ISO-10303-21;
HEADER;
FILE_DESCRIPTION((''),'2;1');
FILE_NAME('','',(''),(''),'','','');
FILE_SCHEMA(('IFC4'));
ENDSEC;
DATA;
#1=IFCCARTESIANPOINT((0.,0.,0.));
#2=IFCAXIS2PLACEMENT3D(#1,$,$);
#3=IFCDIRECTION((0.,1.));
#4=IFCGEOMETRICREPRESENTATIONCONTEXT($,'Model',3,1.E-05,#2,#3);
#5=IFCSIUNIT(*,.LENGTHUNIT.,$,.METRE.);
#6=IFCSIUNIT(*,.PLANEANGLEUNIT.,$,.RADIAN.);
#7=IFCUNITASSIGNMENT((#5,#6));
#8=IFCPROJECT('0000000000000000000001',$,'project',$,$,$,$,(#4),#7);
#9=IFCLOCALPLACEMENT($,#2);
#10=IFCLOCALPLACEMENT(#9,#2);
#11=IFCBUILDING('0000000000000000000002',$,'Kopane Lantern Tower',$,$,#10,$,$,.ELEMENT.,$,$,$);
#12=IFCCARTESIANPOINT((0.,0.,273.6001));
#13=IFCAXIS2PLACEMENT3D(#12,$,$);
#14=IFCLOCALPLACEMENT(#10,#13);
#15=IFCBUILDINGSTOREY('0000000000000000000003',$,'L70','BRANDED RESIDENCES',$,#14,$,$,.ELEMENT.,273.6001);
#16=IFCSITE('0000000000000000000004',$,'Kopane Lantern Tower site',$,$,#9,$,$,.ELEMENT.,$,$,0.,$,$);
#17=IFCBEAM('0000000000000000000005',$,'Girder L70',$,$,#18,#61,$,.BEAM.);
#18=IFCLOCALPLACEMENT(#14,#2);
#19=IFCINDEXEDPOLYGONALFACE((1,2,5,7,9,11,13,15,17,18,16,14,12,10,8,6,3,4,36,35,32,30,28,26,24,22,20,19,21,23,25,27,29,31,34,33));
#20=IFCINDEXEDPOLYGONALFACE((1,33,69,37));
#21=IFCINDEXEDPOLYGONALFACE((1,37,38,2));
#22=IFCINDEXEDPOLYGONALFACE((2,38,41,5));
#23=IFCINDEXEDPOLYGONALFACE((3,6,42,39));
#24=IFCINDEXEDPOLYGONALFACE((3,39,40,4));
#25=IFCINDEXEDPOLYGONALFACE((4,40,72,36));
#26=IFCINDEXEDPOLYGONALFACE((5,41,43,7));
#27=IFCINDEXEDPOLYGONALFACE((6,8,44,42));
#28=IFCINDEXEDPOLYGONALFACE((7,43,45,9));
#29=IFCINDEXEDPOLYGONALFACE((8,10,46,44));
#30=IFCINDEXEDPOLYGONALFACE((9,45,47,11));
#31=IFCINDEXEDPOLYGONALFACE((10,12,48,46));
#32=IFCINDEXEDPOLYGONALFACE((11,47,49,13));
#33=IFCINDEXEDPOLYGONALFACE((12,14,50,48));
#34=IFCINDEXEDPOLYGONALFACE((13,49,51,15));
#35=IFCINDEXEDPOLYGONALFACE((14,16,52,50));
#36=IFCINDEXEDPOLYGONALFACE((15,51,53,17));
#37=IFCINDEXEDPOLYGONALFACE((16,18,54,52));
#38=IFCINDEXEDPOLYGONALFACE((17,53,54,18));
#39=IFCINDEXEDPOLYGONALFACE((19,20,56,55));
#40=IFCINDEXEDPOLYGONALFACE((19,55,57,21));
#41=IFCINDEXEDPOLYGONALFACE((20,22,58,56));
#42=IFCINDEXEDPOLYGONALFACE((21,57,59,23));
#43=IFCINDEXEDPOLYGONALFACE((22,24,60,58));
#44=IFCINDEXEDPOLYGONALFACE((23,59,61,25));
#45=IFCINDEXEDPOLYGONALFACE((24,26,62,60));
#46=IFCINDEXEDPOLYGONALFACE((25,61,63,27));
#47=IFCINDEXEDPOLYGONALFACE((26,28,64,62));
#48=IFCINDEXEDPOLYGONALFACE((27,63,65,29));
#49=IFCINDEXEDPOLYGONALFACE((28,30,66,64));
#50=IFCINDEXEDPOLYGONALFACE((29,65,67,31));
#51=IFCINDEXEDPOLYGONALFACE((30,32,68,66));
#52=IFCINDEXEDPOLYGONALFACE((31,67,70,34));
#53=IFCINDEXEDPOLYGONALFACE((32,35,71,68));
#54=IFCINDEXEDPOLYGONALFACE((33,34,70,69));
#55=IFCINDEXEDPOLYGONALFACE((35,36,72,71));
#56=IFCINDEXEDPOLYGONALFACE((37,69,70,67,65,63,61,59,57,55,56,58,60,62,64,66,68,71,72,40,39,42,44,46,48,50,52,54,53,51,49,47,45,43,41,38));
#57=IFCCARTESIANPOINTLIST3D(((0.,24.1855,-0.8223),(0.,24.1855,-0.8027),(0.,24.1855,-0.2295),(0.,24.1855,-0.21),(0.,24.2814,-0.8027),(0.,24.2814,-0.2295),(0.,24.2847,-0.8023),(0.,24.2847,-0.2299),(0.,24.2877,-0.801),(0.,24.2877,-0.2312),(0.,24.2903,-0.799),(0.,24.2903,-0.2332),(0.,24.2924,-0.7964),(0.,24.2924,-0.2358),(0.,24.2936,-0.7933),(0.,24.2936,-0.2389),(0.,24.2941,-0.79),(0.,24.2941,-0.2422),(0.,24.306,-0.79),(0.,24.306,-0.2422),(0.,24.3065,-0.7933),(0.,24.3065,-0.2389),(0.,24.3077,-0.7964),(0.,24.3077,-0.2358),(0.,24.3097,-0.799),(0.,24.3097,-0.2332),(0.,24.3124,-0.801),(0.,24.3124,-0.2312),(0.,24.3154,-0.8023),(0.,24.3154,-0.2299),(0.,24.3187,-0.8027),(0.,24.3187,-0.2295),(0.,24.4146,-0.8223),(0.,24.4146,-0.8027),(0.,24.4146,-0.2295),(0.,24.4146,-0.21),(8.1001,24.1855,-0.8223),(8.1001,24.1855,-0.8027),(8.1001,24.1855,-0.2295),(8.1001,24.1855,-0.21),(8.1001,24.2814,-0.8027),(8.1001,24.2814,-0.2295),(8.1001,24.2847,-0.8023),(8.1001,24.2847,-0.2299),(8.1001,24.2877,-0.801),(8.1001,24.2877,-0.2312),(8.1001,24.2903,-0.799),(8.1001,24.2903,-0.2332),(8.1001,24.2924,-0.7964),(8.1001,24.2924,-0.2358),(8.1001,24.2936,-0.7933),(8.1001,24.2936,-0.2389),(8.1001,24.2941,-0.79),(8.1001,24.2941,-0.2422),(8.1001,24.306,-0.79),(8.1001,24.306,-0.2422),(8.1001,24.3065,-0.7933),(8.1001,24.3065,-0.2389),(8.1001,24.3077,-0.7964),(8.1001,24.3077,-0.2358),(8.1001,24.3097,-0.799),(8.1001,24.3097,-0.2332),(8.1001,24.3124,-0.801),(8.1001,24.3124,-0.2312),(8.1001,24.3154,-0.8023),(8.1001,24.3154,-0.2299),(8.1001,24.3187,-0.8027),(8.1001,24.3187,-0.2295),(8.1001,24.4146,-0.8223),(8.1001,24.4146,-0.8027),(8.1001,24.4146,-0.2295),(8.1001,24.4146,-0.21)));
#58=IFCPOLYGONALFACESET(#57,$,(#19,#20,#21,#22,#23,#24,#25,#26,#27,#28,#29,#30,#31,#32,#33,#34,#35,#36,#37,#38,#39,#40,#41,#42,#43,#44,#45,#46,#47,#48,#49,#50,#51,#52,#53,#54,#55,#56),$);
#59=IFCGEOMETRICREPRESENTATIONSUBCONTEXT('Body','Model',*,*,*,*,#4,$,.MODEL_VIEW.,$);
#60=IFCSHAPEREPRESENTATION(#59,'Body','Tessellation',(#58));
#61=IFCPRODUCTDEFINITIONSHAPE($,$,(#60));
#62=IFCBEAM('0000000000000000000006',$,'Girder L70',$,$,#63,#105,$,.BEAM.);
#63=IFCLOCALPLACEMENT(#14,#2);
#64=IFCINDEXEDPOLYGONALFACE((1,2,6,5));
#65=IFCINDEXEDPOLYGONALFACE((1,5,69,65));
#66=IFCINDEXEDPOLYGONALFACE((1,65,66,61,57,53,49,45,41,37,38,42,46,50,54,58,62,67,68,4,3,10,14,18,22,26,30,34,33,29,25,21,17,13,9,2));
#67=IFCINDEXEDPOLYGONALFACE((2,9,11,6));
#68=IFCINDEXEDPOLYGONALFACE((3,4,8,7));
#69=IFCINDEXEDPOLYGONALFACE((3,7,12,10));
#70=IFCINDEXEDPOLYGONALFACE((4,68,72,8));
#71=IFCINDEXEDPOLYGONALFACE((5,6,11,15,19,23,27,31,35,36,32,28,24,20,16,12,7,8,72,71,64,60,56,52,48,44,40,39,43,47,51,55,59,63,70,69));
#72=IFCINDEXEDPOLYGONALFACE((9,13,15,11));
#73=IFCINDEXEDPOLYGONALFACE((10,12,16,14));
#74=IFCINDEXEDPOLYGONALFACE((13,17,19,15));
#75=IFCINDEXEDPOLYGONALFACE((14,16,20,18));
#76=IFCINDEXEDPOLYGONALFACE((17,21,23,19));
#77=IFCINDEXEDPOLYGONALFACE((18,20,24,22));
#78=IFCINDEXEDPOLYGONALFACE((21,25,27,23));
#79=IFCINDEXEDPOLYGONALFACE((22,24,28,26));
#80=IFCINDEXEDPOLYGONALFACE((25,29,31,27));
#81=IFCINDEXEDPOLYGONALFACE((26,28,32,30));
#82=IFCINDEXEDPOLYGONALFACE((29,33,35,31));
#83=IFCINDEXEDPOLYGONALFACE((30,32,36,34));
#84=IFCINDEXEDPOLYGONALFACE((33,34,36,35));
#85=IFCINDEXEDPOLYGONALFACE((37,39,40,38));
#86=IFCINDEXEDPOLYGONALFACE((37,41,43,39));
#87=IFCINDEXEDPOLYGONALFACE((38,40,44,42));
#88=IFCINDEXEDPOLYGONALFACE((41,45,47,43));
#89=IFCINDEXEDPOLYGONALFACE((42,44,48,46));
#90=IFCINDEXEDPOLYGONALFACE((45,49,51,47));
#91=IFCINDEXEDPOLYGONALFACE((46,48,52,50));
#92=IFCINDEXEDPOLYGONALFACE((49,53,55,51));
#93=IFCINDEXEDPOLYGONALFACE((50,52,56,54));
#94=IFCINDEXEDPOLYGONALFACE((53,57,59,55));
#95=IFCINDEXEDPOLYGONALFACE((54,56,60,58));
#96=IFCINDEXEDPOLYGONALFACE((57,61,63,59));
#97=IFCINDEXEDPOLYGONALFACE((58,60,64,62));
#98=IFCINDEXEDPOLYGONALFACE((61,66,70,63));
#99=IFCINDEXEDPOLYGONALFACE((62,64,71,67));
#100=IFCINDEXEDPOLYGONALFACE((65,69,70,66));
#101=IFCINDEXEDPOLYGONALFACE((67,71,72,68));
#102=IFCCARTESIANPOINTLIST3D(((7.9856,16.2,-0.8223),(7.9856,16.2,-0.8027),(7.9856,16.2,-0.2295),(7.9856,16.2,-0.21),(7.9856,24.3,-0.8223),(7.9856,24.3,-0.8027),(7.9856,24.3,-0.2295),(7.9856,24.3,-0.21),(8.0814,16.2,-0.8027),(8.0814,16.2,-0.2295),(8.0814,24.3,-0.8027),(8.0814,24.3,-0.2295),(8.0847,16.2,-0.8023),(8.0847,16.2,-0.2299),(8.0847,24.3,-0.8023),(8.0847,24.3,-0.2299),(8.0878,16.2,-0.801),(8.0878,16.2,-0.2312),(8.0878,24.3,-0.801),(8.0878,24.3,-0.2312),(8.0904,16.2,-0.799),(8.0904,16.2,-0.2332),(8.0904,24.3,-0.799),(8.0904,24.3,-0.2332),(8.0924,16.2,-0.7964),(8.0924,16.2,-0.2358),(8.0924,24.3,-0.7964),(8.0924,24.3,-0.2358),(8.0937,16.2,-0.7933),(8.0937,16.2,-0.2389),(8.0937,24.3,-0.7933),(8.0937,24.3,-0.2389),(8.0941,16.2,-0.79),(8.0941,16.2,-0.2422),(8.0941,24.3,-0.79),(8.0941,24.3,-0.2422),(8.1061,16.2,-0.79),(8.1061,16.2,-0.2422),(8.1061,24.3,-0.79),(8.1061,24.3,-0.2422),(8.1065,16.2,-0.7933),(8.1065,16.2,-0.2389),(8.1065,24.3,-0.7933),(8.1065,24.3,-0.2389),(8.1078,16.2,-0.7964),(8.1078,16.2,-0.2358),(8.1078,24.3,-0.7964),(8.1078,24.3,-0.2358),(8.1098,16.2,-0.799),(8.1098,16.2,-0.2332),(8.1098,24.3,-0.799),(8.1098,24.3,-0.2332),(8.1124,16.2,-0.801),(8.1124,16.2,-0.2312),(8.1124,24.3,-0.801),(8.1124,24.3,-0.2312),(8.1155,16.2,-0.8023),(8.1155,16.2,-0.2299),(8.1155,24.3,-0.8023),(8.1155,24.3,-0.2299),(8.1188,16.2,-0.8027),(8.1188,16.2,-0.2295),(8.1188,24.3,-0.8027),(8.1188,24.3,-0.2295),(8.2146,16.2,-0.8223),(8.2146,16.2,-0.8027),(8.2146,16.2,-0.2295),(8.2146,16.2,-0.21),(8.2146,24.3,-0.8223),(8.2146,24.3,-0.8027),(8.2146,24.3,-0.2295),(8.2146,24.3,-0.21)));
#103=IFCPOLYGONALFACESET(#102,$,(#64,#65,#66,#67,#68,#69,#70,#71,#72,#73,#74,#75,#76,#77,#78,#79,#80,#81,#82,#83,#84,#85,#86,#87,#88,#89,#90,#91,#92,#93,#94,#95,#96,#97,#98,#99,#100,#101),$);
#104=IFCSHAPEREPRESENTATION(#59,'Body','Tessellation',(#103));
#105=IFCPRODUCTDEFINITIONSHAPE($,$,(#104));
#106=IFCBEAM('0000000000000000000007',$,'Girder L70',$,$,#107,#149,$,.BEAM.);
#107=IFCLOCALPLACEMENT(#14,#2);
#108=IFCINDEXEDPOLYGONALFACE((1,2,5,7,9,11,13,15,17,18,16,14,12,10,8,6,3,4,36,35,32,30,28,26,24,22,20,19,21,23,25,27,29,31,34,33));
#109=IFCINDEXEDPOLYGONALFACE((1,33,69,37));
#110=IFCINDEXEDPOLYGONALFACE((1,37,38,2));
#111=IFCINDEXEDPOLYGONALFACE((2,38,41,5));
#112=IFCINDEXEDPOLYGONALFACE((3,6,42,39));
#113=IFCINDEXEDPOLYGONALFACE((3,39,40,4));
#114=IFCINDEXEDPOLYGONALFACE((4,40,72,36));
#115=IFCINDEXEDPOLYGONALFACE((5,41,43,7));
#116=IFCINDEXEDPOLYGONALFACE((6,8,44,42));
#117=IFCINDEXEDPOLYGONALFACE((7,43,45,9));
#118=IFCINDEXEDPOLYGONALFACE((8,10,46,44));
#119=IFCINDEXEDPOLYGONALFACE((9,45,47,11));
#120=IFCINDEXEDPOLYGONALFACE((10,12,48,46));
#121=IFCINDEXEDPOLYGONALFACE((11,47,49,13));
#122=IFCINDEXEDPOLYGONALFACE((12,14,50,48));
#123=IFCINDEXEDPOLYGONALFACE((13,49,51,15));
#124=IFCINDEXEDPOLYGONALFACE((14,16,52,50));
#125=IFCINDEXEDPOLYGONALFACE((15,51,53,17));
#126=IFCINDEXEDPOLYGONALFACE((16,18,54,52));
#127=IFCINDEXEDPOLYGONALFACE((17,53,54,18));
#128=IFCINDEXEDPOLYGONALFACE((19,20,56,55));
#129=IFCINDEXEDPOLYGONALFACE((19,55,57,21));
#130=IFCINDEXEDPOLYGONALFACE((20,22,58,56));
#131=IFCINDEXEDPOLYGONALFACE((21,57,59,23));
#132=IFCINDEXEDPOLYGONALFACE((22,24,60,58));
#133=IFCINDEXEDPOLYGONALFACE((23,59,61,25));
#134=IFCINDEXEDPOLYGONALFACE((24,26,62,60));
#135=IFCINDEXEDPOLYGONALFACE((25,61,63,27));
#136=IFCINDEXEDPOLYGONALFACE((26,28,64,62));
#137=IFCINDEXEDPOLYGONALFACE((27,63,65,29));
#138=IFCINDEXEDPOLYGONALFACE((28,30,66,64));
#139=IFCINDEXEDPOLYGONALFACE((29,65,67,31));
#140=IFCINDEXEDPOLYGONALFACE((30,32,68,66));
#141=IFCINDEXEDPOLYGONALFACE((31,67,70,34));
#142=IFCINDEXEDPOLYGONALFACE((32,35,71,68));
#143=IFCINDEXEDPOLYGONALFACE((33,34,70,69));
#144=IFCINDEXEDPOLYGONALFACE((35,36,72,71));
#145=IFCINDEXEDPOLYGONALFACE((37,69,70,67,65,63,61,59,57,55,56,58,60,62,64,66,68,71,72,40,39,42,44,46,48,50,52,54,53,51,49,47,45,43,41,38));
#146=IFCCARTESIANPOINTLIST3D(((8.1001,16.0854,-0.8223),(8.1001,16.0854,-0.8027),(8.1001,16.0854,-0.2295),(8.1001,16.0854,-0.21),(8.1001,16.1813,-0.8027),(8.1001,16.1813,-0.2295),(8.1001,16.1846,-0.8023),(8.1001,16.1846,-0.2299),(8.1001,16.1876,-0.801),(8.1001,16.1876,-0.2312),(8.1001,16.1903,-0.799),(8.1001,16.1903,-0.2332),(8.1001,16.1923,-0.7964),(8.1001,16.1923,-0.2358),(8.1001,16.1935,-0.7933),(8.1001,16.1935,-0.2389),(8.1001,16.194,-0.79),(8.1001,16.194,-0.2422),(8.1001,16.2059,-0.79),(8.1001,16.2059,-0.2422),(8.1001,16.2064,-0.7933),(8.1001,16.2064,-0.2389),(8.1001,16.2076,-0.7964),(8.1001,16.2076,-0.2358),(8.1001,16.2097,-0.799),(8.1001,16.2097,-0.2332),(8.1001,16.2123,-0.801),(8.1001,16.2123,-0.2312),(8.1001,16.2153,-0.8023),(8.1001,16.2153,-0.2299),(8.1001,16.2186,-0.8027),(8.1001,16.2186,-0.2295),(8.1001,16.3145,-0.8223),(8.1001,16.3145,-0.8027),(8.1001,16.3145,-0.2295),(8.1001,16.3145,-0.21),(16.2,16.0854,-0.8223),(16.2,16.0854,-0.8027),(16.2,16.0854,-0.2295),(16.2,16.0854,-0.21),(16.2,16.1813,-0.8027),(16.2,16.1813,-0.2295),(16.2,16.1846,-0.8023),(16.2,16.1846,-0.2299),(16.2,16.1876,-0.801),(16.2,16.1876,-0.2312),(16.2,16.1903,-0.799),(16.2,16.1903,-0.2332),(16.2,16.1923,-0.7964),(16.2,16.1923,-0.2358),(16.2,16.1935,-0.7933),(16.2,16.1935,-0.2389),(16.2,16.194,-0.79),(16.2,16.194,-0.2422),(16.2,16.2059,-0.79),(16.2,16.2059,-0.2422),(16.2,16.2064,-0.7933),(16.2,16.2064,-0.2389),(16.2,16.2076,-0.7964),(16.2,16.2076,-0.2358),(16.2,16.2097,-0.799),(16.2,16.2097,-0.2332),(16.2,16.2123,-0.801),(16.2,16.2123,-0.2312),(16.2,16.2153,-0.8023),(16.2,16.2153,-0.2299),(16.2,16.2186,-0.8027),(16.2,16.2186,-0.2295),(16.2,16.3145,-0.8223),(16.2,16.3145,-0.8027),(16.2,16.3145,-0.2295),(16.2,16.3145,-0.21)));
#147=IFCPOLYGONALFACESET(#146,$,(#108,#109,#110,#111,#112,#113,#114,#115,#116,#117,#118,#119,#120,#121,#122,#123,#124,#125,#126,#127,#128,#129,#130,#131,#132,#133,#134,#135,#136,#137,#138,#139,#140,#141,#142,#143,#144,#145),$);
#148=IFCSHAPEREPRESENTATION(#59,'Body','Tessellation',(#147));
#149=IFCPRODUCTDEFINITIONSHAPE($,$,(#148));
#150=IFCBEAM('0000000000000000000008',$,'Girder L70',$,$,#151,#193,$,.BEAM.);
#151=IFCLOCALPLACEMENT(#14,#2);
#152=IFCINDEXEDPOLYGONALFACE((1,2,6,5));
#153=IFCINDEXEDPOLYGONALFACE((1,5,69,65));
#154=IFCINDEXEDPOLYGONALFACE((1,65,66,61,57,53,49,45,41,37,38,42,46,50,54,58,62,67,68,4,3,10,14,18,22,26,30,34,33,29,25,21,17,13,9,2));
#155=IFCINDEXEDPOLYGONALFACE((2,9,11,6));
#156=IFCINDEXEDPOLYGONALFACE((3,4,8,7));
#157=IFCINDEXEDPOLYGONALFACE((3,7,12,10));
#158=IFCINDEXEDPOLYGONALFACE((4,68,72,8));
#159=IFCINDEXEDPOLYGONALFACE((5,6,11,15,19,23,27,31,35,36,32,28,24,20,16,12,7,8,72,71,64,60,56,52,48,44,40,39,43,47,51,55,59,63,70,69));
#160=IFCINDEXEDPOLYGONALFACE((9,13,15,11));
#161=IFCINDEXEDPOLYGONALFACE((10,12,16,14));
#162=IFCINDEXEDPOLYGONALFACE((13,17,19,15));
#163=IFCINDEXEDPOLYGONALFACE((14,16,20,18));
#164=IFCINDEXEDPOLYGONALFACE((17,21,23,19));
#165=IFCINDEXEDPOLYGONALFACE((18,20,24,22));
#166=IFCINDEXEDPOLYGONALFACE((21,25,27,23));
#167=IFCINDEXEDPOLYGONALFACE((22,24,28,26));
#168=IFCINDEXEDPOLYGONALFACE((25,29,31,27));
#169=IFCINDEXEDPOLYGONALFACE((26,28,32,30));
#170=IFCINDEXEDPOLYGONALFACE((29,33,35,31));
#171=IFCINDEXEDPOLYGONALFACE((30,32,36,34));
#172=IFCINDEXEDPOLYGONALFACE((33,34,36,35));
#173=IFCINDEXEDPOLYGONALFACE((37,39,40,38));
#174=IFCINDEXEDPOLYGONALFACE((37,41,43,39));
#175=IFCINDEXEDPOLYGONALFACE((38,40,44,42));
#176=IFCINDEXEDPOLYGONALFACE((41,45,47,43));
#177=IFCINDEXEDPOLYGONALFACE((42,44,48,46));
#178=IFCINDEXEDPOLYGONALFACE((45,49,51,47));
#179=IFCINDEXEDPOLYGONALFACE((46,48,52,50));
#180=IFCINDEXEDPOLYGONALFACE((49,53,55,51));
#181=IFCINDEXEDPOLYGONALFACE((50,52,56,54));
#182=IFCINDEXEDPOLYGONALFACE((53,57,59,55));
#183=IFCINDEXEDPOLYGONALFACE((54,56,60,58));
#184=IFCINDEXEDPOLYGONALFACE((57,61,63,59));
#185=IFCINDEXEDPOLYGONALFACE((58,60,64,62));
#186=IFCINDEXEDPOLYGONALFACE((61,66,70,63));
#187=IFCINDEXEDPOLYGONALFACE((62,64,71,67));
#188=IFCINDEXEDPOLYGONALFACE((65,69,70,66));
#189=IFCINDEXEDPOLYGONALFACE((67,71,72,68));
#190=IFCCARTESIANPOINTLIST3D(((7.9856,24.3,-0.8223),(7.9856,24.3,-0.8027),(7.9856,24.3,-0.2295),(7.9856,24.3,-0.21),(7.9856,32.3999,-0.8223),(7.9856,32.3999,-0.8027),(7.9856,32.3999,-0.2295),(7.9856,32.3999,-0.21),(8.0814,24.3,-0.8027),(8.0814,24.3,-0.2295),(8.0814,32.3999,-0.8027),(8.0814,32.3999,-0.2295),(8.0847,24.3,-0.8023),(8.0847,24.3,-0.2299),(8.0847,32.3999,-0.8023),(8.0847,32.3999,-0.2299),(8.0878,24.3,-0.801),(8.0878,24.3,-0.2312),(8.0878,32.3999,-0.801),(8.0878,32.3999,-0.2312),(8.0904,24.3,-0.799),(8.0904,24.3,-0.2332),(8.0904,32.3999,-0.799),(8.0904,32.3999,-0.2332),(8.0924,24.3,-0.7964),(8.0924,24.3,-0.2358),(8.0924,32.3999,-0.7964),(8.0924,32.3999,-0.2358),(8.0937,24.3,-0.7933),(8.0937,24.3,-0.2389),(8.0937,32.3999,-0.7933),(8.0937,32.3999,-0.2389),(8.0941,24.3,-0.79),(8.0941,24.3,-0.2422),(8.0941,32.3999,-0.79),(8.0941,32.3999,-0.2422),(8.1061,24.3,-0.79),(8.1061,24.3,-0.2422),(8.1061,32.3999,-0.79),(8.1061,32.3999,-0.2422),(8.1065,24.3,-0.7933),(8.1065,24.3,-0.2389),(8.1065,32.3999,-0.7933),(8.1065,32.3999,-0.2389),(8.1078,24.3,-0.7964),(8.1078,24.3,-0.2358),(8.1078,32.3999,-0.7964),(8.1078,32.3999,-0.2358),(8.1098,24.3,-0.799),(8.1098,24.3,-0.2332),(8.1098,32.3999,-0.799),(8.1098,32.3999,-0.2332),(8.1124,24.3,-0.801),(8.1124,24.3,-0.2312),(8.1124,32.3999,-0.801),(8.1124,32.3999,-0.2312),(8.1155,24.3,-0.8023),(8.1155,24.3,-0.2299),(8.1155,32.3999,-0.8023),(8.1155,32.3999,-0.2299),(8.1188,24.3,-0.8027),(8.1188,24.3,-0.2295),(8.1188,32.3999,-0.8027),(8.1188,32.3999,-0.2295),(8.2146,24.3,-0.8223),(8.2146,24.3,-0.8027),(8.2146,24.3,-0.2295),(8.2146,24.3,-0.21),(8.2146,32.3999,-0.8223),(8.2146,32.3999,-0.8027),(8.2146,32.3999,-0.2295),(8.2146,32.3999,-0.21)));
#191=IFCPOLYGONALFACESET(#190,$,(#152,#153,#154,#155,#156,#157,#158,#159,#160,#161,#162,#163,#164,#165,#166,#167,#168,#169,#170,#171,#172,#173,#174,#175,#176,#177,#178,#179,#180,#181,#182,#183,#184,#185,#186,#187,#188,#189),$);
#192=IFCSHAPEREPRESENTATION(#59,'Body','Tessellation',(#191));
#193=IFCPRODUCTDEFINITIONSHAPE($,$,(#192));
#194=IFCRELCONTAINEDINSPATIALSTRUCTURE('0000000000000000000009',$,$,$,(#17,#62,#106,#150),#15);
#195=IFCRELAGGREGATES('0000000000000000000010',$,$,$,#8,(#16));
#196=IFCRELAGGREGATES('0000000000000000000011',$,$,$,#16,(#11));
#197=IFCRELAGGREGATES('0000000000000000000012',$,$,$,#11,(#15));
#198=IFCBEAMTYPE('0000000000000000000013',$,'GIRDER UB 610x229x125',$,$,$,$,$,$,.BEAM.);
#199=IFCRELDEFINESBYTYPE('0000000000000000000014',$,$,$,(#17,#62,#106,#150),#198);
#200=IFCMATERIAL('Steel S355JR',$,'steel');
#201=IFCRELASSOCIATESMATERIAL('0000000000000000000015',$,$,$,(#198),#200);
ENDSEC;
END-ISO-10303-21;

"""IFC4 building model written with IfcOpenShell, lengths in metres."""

from ifc_helpers import new_model, si_unit, direction, frame, origin, origin_2d, place, context, subcontext, project, spatial, i_section, extrude, material, material_profile, profile_set, type_object, element, save


model = new_model("IFC4")

# Units and contexts
model_context = context("Model", 3, precision=1e-05, world=origin(), true_north=direction((0.0, 1.0)))
body_context = subcontext(model_context, "Body", "Model", "MODEL_VIEW")
ifc_project = project(units=[si_unit("LENGTHUNIT", "METRE"), si_unit("PLANEANGLEUNIT", "RADIAN")], contexts=[model_context])

# Site, building, storey
site_placement = place(None, origin())
site = spatial("IfcSite", under=ifc_project, at=site_placement, Name="Kopane Lantern Tower site", CompositionType="ELEMENT", RefElevation=0.0)
building_placement = place(site_placement, origin())
building = spatial("IfcBuilding", under=site, at=building_placement, Name="Kopane Lantern Tower", CompositionType="ELEMENT")
storey_placement = place(building_placement, frame((0.0, 0.0, 273.6001)))
storey = spatial("IfcBuildingStorey", under=building, at=storey_placement, Name="L70", Description="BRANDED RESIDENCES", CompositionType="ELEMENT", Elevation=273.6001)

# Beams
ifc_material_1 = material(Name="Steel S355JR", Category="steel")
ifc_material_profile_1 = material_profile(ifc_material_1, i_section(OverallWidth=0.229, OverallDepth=0.6123, WebThickness=0.012, FlangeThickness=0.0195, FilletRadius=0.0127, at=origin_2d()), Name="UB 610x229x125")
ifc_profile_set_1 = profile_set([ifc_material_profile_1], Name="Steel S355JR")
beam_type_1 = type_object("IfcBeamType", Name="GIRDER UB 610x229x125", PredefinedType="BEAM", material=ifc_profile_set_1)
for number, where, z_axis, x_axis, name in (
    (1, (0.0, 24.3, -0.5161), (1.0, 0.0, 0.0), (0.0, 1.0, 0.0), "Girder L70"),
    (2, (8.1001, 16.2, -0.5161), (0.0, 1.0, 0.0), (-1.0, 0.0, 0.0), "Girder L70"),
):
    element("IfcBeam", number, at=place(storey_placement, frame(where, z_axis=z_axis, x_axis=x_axis)), inside=storey, type_object=beam_type_1, Name=name, PredefinedType="BEAM", context=body_context, shape_type="SweptSolid", body=[
        extrude(i_section(OverallWidth=0.229, OverallDepth=0.6123, WebThickness=0.012, FlangeThickness=0.0195, FilletRadius=0.0127, at=origin_2d()), origin(), (0.0, 0.0, 1.0), 8.1001),
    ])
for number, where, z_axis, x_axis, name in (
    (3, (8.1001, 16.2, -0.5161), (1.0, 0.0, 0.0), (0.0, 1.0, 0.0), "Girder L70"),
    (4, (8.1001, 24.3, -0.5161), (0.0, 1.0, 0.0), (-1.0, 0.0, 0.0), "Girder L70"),
):
    element("IfcBeam", number, at=place(storey_placement, frame(where, z_axis=z_axis, x_axis=x_axis)), inside=storey, type_object=beam_type_1, Name=name, PredefinedType="BEAM", context=body_context, shape_type="SweptSolid", body=[
        extrude(i_section(OverallWidth=0.229, OverallDepth=0.6123, WebThickness=0.012, FlangeThickness=0.0195, FilletRadius=0.0127, at=origin_2d()), origin(), (0.0, 0.0, 1.0), 8.0999),
    ])

save(model, "model.ifc")
